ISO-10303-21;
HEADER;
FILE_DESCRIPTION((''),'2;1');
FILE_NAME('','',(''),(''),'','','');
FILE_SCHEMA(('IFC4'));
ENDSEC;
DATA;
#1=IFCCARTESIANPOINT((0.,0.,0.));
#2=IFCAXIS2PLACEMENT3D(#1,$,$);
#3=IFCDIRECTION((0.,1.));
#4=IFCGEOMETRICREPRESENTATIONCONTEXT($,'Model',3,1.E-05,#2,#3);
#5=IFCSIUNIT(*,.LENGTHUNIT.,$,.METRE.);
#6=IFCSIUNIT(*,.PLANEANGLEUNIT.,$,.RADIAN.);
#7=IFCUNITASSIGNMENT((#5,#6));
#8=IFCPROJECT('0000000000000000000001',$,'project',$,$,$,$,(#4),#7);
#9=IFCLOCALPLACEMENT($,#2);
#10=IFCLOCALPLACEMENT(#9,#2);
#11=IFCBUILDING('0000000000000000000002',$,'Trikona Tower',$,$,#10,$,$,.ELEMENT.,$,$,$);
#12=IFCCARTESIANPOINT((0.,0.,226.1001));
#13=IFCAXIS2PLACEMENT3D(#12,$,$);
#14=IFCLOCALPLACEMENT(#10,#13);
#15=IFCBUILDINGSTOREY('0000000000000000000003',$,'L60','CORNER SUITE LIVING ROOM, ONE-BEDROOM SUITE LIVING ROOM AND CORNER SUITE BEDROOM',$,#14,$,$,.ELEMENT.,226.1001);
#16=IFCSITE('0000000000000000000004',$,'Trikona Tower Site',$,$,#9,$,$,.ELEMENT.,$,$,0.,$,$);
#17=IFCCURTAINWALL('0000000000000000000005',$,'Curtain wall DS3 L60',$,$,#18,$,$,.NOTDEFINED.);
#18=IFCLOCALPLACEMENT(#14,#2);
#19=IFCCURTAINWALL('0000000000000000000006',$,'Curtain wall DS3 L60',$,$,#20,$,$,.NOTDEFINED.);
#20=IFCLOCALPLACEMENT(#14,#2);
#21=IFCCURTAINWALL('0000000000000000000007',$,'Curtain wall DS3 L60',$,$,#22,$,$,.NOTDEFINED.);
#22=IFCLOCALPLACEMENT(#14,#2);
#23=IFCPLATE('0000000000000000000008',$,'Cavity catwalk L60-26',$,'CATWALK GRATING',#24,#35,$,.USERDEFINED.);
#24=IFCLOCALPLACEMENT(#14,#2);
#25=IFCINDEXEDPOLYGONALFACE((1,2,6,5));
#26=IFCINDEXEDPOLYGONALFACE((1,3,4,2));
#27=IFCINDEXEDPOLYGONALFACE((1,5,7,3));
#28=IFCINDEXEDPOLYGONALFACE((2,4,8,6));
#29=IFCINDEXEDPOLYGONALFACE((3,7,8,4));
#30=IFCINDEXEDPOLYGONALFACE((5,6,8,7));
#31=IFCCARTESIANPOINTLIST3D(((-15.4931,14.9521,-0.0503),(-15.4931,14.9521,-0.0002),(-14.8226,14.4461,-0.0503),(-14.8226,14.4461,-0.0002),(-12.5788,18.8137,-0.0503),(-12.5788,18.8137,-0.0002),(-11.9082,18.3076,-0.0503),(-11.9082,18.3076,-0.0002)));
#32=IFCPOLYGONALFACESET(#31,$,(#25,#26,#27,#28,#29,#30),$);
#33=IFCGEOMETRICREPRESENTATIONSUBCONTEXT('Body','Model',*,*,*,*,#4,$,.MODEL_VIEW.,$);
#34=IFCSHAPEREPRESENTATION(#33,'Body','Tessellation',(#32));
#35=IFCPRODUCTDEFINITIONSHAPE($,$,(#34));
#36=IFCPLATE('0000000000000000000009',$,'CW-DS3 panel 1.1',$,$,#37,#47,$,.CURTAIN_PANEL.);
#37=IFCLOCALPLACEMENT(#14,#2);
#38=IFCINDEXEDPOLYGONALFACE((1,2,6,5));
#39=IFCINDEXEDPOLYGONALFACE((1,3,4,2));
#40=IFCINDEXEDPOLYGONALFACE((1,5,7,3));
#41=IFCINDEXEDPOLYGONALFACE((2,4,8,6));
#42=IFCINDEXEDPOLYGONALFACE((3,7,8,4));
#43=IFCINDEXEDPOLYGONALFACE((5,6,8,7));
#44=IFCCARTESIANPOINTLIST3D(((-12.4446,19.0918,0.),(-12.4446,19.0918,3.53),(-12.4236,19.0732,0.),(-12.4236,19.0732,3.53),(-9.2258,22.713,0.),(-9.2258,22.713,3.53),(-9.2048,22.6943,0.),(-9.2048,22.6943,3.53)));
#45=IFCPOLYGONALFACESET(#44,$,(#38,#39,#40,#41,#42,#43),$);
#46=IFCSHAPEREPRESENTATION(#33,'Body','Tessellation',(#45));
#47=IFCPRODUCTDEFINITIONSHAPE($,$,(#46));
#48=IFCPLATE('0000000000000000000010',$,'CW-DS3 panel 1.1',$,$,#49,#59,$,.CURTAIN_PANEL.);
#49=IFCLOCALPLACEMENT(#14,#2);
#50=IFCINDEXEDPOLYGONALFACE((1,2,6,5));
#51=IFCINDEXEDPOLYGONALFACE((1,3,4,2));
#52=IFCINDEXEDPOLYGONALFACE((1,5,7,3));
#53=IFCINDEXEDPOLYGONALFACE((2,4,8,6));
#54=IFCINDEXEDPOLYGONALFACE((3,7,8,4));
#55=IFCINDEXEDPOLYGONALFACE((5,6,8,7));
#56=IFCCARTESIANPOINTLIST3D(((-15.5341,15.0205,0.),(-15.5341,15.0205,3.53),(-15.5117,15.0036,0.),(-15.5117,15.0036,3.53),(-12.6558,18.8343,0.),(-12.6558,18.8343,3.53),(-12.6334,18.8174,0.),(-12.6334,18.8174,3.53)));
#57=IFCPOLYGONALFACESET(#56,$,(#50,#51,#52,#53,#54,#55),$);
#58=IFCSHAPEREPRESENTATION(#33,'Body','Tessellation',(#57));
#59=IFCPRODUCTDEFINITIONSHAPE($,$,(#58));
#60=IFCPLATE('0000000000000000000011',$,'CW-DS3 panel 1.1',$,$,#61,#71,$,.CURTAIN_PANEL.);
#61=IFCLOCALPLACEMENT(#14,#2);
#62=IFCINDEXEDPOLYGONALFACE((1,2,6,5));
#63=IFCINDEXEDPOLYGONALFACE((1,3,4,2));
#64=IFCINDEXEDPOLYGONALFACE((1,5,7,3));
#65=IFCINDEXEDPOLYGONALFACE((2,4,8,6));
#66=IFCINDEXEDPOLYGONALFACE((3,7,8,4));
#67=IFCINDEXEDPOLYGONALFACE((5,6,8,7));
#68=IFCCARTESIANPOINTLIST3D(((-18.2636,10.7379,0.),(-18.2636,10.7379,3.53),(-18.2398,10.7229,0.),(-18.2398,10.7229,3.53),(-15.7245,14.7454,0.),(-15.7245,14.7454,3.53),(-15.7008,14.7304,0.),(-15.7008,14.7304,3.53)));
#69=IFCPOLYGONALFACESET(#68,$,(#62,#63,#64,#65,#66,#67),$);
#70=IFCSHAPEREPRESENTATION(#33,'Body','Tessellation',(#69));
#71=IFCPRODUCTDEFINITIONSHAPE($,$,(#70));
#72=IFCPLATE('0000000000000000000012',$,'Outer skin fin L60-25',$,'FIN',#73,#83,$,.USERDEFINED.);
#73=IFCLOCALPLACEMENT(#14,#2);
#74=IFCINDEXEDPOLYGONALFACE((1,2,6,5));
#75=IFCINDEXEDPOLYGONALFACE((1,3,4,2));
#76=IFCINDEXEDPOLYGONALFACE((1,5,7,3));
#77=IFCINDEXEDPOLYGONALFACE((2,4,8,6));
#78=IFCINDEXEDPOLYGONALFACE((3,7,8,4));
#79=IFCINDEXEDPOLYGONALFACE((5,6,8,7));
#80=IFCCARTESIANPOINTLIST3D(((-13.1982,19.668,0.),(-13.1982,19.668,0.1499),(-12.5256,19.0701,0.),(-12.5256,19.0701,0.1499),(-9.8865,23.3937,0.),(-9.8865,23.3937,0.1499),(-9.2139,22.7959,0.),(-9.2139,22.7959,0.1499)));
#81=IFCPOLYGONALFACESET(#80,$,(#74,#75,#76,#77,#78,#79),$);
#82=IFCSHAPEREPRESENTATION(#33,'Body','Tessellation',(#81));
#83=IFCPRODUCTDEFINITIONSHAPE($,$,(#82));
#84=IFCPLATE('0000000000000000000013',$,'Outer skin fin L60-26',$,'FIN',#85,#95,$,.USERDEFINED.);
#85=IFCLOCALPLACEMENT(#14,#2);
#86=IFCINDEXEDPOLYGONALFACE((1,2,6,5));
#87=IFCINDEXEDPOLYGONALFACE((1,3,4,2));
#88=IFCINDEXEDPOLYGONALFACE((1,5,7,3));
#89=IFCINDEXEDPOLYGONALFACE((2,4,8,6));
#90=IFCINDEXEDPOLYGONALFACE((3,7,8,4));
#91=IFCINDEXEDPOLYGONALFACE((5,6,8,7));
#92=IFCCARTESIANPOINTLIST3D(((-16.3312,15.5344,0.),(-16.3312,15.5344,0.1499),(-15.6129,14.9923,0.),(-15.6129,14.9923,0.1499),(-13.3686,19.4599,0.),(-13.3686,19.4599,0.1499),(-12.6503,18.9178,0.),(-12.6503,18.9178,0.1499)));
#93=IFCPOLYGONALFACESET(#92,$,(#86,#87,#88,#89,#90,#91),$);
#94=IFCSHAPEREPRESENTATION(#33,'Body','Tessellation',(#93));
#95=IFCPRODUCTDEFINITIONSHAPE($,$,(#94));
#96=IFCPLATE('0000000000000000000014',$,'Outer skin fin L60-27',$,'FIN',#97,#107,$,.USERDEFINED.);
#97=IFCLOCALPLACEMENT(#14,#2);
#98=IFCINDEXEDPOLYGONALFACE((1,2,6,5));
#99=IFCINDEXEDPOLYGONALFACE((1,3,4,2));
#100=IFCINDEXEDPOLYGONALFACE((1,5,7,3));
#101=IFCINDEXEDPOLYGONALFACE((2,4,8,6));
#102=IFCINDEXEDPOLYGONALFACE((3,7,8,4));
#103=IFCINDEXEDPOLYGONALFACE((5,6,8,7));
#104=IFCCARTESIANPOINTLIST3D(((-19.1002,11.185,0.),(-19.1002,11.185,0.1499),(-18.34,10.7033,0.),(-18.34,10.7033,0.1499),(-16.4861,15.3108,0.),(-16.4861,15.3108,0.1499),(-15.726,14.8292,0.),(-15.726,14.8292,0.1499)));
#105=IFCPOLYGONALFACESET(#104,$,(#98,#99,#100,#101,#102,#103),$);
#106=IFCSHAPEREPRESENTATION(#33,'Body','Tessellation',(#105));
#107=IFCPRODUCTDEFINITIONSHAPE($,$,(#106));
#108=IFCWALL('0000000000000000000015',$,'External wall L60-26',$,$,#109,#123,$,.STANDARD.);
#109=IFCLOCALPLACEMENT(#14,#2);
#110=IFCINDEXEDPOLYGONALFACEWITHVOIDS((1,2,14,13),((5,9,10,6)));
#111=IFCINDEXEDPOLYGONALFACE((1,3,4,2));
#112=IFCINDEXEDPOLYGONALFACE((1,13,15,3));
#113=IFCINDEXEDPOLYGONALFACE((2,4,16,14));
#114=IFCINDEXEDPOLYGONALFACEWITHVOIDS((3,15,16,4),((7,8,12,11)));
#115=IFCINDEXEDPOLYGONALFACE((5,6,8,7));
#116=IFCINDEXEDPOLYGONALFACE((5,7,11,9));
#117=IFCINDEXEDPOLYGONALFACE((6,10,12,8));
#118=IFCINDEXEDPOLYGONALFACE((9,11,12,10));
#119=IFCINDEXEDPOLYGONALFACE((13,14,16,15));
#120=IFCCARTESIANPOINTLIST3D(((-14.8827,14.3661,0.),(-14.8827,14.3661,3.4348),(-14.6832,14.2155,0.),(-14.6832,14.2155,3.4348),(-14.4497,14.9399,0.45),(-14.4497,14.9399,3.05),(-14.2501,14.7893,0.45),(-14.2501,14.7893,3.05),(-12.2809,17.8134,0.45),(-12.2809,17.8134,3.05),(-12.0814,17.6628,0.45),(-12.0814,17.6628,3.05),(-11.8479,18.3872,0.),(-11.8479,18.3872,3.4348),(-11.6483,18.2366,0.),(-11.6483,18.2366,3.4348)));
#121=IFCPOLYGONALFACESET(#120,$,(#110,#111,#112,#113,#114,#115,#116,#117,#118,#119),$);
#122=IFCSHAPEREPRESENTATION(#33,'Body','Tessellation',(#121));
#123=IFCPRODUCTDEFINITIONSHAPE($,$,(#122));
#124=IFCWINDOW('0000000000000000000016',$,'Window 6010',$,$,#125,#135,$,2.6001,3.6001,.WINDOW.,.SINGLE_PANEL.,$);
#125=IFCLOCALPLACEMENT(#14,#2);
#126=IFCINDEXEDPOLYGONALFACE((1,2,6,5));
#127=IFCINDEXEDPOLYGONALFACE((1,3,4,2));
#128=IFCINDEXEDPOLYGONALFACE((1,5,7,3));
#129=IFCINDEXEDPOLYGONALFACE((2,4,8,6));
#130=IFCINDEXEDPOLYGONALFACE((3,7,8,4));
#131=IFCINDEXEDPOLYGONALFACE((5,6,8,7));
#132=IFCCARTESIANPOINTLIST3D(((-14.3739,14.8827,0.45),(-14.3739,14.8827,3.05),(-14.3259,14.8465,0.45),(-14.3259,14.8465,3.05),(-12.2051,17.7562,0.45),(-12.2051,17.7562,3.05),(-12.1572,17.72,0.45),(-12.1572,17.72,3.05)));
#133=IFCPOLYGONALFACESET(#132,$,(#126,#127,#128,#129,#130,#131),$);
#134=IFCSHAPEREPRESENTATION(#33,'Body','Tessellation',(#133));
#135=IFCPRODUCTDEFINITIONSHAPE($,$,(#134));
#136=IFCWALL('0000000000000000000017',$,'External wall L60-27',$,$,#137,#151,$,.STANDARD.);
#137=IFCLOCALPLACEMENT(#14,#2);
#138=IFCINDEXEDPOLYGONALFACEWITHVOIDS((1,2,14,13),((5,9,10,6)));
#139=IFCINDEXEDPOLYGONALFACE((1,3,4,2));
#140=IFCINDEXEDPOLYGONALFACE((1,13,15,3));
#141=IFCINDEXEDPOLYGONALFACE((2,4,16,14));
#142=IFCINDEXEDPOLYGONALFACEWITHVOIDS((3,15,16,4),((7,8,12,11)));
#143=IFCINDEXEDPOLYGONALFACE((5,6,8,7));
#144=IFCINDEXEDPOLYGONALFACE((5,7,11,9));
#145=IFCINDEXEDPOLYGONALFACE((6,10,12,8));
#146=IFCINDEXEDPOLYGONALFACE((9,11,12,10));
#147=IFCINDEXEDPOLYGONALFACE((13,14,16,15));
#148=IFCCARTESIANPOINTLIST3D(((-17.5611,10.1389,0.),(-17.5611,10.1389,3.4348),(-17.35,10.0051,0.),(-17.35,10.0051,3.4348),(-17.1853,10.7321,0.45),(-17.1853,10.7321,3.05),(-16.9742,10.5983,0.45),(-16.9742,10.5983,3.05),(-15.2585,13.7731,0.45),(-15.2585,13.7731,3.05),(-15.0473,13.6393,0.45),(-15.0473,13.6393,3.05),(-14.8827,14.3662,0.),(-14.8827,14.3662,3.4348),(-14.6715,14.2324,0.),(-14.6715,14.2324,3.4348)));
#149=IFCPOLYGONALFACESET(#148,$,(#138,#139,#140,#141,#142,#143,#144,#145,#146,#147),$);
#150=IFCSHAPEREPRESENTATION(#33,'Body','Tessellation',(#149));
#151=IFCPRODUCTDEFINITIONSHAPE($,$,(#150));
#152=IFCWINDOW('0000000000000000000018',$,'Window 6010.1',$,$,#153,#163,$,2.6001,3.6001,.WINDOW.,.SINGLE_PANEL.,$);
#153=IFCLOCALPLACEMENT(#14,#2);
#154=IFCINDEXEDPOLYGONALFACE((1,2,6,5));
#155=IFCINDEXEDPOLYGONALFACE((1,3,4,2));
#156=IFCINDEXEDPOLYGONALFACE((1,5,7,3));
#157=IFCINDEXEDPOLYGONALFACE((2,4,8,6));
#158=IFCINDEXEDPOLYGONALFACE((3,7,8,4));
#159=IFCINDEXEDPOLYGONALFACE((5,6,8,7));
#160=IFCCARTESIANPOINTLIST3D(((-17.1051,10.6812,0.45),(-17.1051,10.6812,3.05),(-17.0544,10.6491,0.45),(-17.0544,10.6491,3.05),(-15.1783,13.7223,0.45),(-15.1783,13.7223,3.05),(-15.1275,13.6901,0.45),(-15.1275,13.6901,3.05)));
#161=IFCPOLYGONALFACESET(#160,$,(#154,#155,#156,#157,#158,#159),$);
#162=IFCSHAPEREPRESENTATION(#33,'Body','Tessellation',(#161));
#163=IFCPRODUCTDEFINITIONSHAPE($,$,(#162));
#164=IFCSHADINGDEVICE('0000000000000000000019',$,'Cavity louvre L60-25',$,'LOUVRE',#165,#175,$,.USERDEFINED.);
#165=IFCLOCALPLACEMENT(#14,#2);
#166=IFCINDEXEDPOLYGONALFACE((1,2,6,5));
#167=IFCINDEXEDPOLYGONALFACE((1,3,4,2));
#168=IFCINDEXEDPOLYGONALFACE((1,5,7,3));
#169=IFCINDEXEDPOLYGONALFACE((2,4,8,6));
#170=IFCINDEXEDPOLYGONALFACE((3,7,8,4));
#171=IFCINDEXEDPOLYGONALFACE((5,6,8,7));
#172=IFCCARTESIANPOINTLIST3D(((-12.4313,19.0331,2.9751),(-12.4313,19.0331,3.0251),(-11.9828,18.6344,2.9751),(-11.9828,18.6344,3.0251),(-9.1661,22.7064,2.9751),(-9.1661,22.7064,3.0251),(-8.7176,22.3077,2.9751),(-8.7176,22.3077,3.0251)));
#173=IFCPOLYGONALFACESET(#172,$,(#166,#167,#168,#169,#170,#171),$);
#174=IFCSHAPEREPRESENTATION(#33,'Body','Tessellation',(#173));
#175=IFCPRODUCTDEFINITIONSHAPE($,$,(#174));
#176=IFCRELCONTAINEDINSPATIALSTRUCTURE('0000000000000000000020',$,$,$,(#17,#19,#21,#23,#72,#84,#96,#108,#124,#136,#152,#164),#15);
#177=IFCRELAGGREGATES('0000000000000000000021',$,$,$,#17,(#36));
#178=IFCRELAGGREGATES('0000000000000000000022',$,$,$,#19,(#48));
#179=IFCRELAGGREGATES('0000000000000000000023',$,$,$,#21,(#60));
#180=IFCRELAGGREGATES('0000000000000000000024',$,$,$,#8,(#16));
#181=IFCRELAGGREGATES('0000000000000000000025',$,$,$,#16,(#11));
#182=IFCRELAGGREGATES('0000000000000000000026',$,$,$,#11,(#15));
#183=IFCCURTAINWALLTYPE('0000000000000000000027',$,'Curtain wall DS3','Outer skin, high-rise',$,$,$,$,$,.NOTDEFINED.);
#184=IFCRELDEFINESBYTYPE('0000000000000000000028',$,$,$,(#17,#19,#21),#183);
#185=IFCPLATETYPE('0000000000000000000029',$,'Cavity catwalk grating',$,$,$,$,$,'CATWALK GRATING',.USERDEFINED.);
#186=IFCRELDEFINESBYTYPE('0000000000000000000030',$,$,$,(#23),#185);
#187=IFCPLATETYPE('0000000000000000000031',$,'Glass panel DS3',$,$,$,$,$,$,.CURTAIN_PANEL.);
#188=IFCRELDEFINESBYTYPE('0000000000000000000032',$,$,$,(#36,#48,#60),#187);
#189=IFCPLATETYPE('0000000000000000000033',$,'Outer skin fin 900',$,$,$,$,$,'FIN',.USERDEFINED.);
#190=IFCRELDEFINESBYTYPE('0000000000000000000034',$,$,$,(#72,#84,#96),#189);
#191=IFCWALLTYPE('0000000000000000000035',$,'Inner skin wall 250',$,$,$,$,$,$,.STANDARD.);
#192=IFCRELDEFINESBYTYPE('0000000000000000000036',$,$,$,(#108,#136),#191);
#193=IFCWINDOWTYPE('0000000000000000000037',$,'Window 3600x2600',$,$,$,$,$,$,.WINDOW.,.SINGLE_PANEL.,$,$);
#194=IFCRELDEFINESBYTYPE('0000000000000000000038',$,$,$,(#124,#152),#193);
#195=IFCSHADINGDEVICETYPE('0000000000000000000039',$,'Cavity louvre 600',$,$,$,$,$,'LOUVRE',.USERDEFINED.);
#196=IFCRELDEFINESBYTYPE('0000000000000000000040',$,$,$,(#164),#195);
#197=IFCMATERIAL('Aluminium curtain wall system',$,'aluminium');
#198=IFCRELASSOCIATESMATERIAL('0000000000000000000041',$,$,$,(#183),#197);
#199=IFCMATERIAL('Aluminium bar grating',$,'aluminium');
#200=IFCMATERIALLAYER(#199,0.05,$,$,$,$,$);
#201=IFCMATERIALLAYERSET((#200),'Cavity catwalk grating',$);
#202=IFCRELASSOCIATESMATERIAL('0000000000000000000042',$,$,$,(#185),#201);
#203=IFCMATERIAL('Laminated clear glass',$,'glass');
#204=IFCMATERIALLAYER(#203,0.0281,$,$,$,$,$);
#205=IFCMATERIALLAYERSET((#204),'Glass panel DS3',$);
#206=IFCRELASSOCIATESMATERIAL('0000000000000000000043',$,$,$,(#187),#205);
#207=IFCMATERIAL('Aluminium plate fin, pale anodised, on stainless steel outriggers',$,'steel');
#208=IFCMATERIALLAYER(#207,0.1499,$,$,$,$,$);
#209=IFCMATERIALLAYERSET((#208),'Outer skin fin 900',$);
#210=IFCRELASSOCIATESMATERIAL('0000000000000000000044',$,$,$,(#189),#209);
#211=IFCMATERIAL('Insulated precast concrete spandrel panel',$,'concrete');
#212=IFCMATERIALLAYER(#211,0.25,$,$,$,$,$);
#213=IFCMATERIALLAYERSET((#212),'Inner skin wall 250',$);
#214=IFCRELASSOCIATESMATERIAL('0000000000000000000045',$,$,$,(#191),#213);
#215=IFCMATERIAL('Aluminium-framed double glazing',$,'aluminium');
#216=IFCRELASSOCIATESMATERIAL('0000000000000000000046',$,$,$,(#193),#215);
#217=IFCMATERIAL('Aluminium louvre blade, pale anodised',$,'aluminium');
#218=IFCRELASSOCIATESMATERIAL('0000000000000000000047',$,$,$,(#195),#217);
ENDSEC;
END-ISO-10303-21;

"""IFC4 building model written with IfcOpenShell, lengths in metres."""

from ifc_helpers import new_model, si_unit, direction, frame, frame_2d, origin, origin_2d, place, context, subcontext, project, spatial, rectangle, extrude, material, layer, layer_set, type_object, element, fill, aggregate, save


model = new_model("IFC4")

# Units and contexts
model_context = context("Model", 3, precision=1e-05, world=origin(), true_north=direction((0.0, 1.0)))
body_context = subcontext(model_context, "Body", "Model", "MODEL_VIEW")
ifc_project = project(units=[si_unit("LENGTHUNIT", "METRE"), si_unit("PLANEANGLEUNIT", "RADIAN")], contexts=[model_context])

# Site, building, storey
site_placement = place(None, origin())
site = spatial("IfcSite", under=ifc_project, at=site_placement, Name="Trikona Tower Site", CompositionType="ELEMENT", RefElevation=0.0)
building_placement = place(site_placement, origin())
building = spatial("IfcBuilding", under=site, at=building_placement, Name="Trikona Tower", CompositionType="ELEMENT")
storey_placement = place(building_placement, frame((0.0, 0.0, 226.1001)))
storey = spatial("IfcBuildingStorey", under=building, at=storey_placement, Name="L60", Description="CORNER SUITE LIVING ROOM, ONE-BEDROOM SUITE LIVING ROOM AND CORNER SUITE BEDROOM", CompositionType="ELEMENT", Elevation=226.1001)

# Shared definitions
ifc_material_1 = material(Name="Aluminium curtain wall system", Category="aluminium")
curtain_wall_type = type_object("IfcCurtainWallType", Name="Curtain wall DS3", Description="Outer skin, high-rise", PredefinedType="NOTDEFINED", material=ifc_material_1)

# Curtain walls
curtain_wall_1_placement = place(storey_placement, origin())
curtain_wall_1 = element("IfcCurtainWall", 1, at=curtain_wall_1_placement, inside=storey, type_object=curtain_wall_type, Name="Curtain wall DS3 L60", PredefinedType="NOTDEFINED")
curtain_wall_2_placement = place(storey_placement, origin())
curtain_wall_2 = element("IfcCurtainWall", 2, at=curtain_wall_2_placement, inside=storey, type_object=curtain_wall_type, Name="Curtain wall DS3 L60", PredefinedType="NOTDEFINED")

# Curtain wall
curtain_wall_3_placement = place(storey_placement, origin())
curtain_wall_3 = element("IfcCurtainWall", 3, at=curtain_wall_3_placement, inside=storey, type_object=curtain_wall_type, Name="Curtain wall DS3 L60", PredefinedType="NOTDEFINED")

# Plate
ifc_material_2 = material(Name="Aluminium bar grating", Category="aluminium")
ifc_layer_1 = layer(ifc_material_2, 0.05)
ifc_layer_set_1 = layer_set([ifc_layer_1], Name="Cavity catwalk grating")
plate_type_1 = type_object("IfcPlateType", Name="Cavity catwalk grating", ElementType="CATWALK GRATING", PredefinedType="USERDEFINED", material=ifc_layer_set_1)
plate_1_placement = place(storey_placement, frame((-13.7007, 16.6299, -0.0503), z_axis=(0.0, 0.0, 1.0), x_axis=(-0.602402, -0.798193, 0.0)))
element("IfcPlate", 4, at=plate_1_placement, inside=storey, type_object=plate_type_1, Name="Cavity catwalk L60-26", ObjectType="CATWALK GRATING", PredefinedType="USERDEFINED", context=body_context, shape_type="SweptSolid", body=[
    extrude(rectangle(XDim=4.8379, YDim=0.8401, at=origin_2d()), origin(), (0.0, 0.0, 1.0), 0.05),
])

# Plates
ifc_material_3 = material(Name="Laminated clear glass", Category="glass")
ifc_layer_2 = layer(ifc_material_3, 0.0281)
ifc_layer_set_2 = layer_set([ifc_layer_2], Name="Glass panel DS3")
plate_type_2 = type_object("IfcPlateType", Name="Glass panel DS3", PredefinedType="CURTAIN_PANEL", material=ifc_layer_set_2)
plate_2_placement = place(storey_placement, frame((-10.8247, 20.8931, 0.0), z_axis=(0.0, 0.0, 1.0), x_axis=(-0.664371, -0.747403, 0.0)))
plate_2 = element("IfcPlate", 5, at=plate_2_placement, type_object=plate_type_2, Name="CW-DS3 panel 1.1", PredefinedType="CURTAIN_PANEL", context=body_context, shape_type="SweptSolid", body=[
    extrude(rectangle(XDim=4.845, YDim=0.0281, at=origin_2d()), origin(), (0.0, 0.0, 1.0), 3.53),
])
aggregate(curtain_wall_1, [plate_2])
plate_3_placement = place(storey_placement, frame((-14.0837, 16.9189, 0.0), z_axis=(0.0, 0.0, 1.0), x_axis=(-0.602402, -0.798193, 0.0)))
plate_3 = element("IfcPlate", 6, at=plate_3_placement, type_object=plate_type_2, Name="CW-DS3 panel 1.1", PredefinedType="CURTAIN_PANEL", context=body_context, shape_type="SweptSolid", body=[
    extrude(rectangle(XDim=4.7781, YDim=0.0281, at=origin_2d()), origin(), (0.0, 0.0, 1.0), 3.53),
])
aggregate(curtain_wall_2, [plate_3])
plate_4_placement = place(storey_placement, frame((-16.9822, 12.7341, 0.0), z_axis=(0.0, 0.0, 1.0), x_axis=(-0.535197, -0.844727, 0.0)))
plate_4 = element("IfcPlate", 7, at=plate_4_placement, type_object=plate_type_2, Name="CW-DS3 panel 1.1", PredefinedType="CURTAIN_PANEL", context=body_context, shape_type="SweptSolid", body=[
    extrude(rectangle(XDim=4.7441, YDim=0.0281, at=origin_2d()), origin(), (0.0, 0.0, 1.0), 3.53),
])
aggregate(curtain_wall_3, [plate_4])

# Plates
ifc_material_4 = material(Name="Aluminium plate fin, pale anodised, on stainless steel outriggers", Category="steel")
ifc_layer_3 = layer(ifc_material_4, 0.1499)
ifc_layer_set_3 = layer_set([ifc_layer_3], Name="Outer skin fin 900")
plate_type_3 = type_object("IfcPlateType", Name="Outer skin fin 900", ElementType="FIN", PredefinedType="USERDEFINED", material=ifc_layer_set_3)
plate_5_placement = place(storey_placement, frame((-11.2061, 21.2319, 0.0), z_axis=(0.0, 0.0, 1.0), x_axis=(-0.664367, -0.747406, 0.0)))
element("IfcPlate", 8, at=plate_5_placement, inside=storey, type_object=plate_type_3, Name="Outer skin fin L60-25", ObjectType="FIN", PredefinedType="USERDEFINED", context=body_context, shape_type="SweptSolid", body=[
    extrude(rectangle(XDim=4.9849, YDim=0.8999, at=origin_2d()), origin(), (0.0, 0.0, 1.0), 0.1499),
])
plate_6_placement = place(storey_placement, frame((-14.4907, 17.2261, 0.0), z_axis=(0.0, 0.0, 1.0), x_axis=(-0.602402, -0.798193, 0.0)))
element("IfcPlate", 9, at=plate_6_placement, inside=storey, type_object=plate_type_3, Name="Outer skin fin L60-26", ObjectType="FIN", PredefinedType="USERDEFINED", context=body_context, shape_type="SweptSolid", body=[
    extrude(rectangle(XDim=4.918, YDim=0.8999, at=origin_2d()), origin(), (0.0, 0.0, 1.0), 0.1499),
])
plate_7_placement = place(storey_placement, frame((-17.4131, 13.0071, 0.0), z_axis=(0.0, 0.0, 1.0), x_axis=(-0.535205, -0.844722, 0.0)))
element("IfcPlate", 10, at=plate_7_placement, inside=storey, type_object=plate_type_3, Name="Outer skin fin L60-27", ObjectType="FIN", PredefinedType="USERDEFINED", context=body_context, shape_type="SweptSolid", body=[
    extrude(rectangle(XDim=4.8843, YDim=0.8999, at=origin_2d()), origin(), (0.0, 0.0, 1.0), 0.1499),
])

# Walls, openings, windows
ifc_material_5 = material(Name="Insulated precast concrete spandrel panel", Category="concrete")
ifc_layer_4 = layer(ifc_material_5, 0.25)
ifc_layer_set_4 = layer_set([ifc_layer_4], Name="Inner skin wall 250")
wall_type = type_object("IfcWallType", Name="Inner skin wall 250", PredefinedType="STANDARD", material=ifc_layer_set_4)
wall_1_placement = place(storey_placement, frame((-11.748, 18.312, 0.0), z_axis=(0.0, 0.0, 1.0), x_axis=(-0.602409, -0.798188, 0.0)))
wall_1 = element("IfcWall", 11, at=wall_1_placement, inside=storey, type_object=wall_type, Name="External wall L60-26", PredefinedType="STANDARD", context=body_context, shape_type="SweptSolid", body=[
    extrude(rectangle(XDim=5.0378, YDim=0.25, at=frame_2d((2.519, 0.0))), origin(), (0.0, 0.0, 1.0), 3.4348),
])
opening_1_placement = place(wall_1_placement, frame((0.719, 0.0, 0.45)))
opening_1 = element("IfcOpeningElement", 12, at=opening_1_placement, cuts=wall_1, PredefinedType="OPENING", context=body_context, shape_type="SweptSolid", body=[
    extrude(rectangle(XDim=3.6001, YDim=2.6001, at=frame_2d((1.8, 1.3))), frame((0.0, 0.135, 0.0), z_axis=(0.0, -1.0, 0.0), x_axis=(1.0, 0.0, 0.0)), (0.0, 0.0, 1.0), 0.27),
])
ifc_material_6 = material(Name="Aluminium-framed double glazing", Category="aluminium")
window_type = type_object("IfcWindowType", Name="Window 3600x2600", PartitioningType="SINGLE_PANEL", PredefinedType="WINDOW", material=ifc_material_6)
window_1_placement = place(opening_1_placement, origin())
window_1 = element("IfcWindow", 13, at=window_1_placement, inside=storey, type_object=window_type, Name="Window 6010", OverallHeight=2.6001, OverallWidth=3.6001, PartitioningType="SINGLE_PANEL", PredefinedType="WINDOW", context=body_context, shape_type="SweptSolid", body=[
    extrude(rectangle(XDim=3.6001, YDim=2.6001, at=frame_2d((1.8, 1.3))), frame((0.0, 0.03, 0.0), z_axis=(0.0, -1.0, 0.0), x_axis=(1.0, 0.0, 0.0)), (0.0, 0.0, 1.0), 0.0601),
])
fill(opening_1, window_1)
wall_2_placement = place(storey_placement, frame((-14.7771, 14.2993, 0.0), z_axis=(0.0, 0.0, 1.0), x_axis=(-0.53522, -0.844712, 0.0)))
wall_2 = element("IfcWall", 14, at=wall_2_placement, inside=storey, type_object=wall_type, Name="External wall L60-27", PredefinedType="STANDARD", context=body_context, shape_type="SweptSolid", body=[
    extrude(rectangle(XDim=5.0044, YDim=0.25, at=frame_2d((2.5022, 0.0))), origin(), (0.0, 0.0, 1.0), 3.4348),
])
opening_2_placement = place(wall_2_placement, frame((0.7021, 0.0, 0.45)))
opening_2 = element("IfcOpeningElement", 15, at=opening_2_placement, cuts=wall_2, PredefinedType="OPENING", context=body_context, shape_type="SweptSolid", body=[
    extrude(rectangle(XDim=3.6001, YDim=2.6001, at=frame_2d((1.8, 1.3))), frame((0.0, 0.135, 0.0), z_axis=(0.0, -1.0, 0.0), x_axis=(1.0, 0.0, 0.0)), (0.0, 0.0, 1.0), 0.27),
])
window_2_placement = place(opening_2_placement, origin())
window_2 = element("IfcWindow", 16, at=window_2_placement, inside=storey, type_object=window_type, Name="Window 6010.1", OverallHeight=2.6001, OverallWidth=3.6001, PartitioningType="SINGLE_PANEL", PredefinedType="WINDOW", context=body_context, shape_type="SweptSolid", body=[
    extrude(rectangle(XDim=3.6001, YDim=2.6001, at=frame_2d((1.8, 1.3))), frame((0.0, 0.03, 0.0), z_axis=(0.0, -1.0, 0.0), x_axis=(1.0, 0.0, 0.0)), (0.0, 0.0, 1.0), 0.0601),
])
fill(opening_2, window_2)

# Shading device
ifc_material_7 = material(Name="Aluminium louvre blade, pale anodised", Category="aluminium")
shading_device_type = type_object("IfcShadingDeviceType", Name="Cavity louvre 600", ElementType="LOUVRE", PredefinedType="USERDEFINED", material=ifc_material_7)
shading_device_1_placement = place(storey_placement, frame((-10.5745, 20.6704, 2.9751), z_axis=(0.0, 0.0, 1.0), x_axis=(-0.664367, -0.747406, 0.0)))
element("IfcShadingDevice", 17, at=shading_device_1_placement, inside=storey, type_object=shading_device_type, Name="Cavity louvre L60-25", ObjectType="LOUVRE", PredefinedType="USERDEFINED", context=body_context, shape_type="SweptSolid", body=[
    extrude(rectangle(XDim=4.9148, YDim=0.6001, at=origin_2d()), origin(), (0.0, 0.0, 1.0), 0.05),
])

save(model, "model.ifc")
